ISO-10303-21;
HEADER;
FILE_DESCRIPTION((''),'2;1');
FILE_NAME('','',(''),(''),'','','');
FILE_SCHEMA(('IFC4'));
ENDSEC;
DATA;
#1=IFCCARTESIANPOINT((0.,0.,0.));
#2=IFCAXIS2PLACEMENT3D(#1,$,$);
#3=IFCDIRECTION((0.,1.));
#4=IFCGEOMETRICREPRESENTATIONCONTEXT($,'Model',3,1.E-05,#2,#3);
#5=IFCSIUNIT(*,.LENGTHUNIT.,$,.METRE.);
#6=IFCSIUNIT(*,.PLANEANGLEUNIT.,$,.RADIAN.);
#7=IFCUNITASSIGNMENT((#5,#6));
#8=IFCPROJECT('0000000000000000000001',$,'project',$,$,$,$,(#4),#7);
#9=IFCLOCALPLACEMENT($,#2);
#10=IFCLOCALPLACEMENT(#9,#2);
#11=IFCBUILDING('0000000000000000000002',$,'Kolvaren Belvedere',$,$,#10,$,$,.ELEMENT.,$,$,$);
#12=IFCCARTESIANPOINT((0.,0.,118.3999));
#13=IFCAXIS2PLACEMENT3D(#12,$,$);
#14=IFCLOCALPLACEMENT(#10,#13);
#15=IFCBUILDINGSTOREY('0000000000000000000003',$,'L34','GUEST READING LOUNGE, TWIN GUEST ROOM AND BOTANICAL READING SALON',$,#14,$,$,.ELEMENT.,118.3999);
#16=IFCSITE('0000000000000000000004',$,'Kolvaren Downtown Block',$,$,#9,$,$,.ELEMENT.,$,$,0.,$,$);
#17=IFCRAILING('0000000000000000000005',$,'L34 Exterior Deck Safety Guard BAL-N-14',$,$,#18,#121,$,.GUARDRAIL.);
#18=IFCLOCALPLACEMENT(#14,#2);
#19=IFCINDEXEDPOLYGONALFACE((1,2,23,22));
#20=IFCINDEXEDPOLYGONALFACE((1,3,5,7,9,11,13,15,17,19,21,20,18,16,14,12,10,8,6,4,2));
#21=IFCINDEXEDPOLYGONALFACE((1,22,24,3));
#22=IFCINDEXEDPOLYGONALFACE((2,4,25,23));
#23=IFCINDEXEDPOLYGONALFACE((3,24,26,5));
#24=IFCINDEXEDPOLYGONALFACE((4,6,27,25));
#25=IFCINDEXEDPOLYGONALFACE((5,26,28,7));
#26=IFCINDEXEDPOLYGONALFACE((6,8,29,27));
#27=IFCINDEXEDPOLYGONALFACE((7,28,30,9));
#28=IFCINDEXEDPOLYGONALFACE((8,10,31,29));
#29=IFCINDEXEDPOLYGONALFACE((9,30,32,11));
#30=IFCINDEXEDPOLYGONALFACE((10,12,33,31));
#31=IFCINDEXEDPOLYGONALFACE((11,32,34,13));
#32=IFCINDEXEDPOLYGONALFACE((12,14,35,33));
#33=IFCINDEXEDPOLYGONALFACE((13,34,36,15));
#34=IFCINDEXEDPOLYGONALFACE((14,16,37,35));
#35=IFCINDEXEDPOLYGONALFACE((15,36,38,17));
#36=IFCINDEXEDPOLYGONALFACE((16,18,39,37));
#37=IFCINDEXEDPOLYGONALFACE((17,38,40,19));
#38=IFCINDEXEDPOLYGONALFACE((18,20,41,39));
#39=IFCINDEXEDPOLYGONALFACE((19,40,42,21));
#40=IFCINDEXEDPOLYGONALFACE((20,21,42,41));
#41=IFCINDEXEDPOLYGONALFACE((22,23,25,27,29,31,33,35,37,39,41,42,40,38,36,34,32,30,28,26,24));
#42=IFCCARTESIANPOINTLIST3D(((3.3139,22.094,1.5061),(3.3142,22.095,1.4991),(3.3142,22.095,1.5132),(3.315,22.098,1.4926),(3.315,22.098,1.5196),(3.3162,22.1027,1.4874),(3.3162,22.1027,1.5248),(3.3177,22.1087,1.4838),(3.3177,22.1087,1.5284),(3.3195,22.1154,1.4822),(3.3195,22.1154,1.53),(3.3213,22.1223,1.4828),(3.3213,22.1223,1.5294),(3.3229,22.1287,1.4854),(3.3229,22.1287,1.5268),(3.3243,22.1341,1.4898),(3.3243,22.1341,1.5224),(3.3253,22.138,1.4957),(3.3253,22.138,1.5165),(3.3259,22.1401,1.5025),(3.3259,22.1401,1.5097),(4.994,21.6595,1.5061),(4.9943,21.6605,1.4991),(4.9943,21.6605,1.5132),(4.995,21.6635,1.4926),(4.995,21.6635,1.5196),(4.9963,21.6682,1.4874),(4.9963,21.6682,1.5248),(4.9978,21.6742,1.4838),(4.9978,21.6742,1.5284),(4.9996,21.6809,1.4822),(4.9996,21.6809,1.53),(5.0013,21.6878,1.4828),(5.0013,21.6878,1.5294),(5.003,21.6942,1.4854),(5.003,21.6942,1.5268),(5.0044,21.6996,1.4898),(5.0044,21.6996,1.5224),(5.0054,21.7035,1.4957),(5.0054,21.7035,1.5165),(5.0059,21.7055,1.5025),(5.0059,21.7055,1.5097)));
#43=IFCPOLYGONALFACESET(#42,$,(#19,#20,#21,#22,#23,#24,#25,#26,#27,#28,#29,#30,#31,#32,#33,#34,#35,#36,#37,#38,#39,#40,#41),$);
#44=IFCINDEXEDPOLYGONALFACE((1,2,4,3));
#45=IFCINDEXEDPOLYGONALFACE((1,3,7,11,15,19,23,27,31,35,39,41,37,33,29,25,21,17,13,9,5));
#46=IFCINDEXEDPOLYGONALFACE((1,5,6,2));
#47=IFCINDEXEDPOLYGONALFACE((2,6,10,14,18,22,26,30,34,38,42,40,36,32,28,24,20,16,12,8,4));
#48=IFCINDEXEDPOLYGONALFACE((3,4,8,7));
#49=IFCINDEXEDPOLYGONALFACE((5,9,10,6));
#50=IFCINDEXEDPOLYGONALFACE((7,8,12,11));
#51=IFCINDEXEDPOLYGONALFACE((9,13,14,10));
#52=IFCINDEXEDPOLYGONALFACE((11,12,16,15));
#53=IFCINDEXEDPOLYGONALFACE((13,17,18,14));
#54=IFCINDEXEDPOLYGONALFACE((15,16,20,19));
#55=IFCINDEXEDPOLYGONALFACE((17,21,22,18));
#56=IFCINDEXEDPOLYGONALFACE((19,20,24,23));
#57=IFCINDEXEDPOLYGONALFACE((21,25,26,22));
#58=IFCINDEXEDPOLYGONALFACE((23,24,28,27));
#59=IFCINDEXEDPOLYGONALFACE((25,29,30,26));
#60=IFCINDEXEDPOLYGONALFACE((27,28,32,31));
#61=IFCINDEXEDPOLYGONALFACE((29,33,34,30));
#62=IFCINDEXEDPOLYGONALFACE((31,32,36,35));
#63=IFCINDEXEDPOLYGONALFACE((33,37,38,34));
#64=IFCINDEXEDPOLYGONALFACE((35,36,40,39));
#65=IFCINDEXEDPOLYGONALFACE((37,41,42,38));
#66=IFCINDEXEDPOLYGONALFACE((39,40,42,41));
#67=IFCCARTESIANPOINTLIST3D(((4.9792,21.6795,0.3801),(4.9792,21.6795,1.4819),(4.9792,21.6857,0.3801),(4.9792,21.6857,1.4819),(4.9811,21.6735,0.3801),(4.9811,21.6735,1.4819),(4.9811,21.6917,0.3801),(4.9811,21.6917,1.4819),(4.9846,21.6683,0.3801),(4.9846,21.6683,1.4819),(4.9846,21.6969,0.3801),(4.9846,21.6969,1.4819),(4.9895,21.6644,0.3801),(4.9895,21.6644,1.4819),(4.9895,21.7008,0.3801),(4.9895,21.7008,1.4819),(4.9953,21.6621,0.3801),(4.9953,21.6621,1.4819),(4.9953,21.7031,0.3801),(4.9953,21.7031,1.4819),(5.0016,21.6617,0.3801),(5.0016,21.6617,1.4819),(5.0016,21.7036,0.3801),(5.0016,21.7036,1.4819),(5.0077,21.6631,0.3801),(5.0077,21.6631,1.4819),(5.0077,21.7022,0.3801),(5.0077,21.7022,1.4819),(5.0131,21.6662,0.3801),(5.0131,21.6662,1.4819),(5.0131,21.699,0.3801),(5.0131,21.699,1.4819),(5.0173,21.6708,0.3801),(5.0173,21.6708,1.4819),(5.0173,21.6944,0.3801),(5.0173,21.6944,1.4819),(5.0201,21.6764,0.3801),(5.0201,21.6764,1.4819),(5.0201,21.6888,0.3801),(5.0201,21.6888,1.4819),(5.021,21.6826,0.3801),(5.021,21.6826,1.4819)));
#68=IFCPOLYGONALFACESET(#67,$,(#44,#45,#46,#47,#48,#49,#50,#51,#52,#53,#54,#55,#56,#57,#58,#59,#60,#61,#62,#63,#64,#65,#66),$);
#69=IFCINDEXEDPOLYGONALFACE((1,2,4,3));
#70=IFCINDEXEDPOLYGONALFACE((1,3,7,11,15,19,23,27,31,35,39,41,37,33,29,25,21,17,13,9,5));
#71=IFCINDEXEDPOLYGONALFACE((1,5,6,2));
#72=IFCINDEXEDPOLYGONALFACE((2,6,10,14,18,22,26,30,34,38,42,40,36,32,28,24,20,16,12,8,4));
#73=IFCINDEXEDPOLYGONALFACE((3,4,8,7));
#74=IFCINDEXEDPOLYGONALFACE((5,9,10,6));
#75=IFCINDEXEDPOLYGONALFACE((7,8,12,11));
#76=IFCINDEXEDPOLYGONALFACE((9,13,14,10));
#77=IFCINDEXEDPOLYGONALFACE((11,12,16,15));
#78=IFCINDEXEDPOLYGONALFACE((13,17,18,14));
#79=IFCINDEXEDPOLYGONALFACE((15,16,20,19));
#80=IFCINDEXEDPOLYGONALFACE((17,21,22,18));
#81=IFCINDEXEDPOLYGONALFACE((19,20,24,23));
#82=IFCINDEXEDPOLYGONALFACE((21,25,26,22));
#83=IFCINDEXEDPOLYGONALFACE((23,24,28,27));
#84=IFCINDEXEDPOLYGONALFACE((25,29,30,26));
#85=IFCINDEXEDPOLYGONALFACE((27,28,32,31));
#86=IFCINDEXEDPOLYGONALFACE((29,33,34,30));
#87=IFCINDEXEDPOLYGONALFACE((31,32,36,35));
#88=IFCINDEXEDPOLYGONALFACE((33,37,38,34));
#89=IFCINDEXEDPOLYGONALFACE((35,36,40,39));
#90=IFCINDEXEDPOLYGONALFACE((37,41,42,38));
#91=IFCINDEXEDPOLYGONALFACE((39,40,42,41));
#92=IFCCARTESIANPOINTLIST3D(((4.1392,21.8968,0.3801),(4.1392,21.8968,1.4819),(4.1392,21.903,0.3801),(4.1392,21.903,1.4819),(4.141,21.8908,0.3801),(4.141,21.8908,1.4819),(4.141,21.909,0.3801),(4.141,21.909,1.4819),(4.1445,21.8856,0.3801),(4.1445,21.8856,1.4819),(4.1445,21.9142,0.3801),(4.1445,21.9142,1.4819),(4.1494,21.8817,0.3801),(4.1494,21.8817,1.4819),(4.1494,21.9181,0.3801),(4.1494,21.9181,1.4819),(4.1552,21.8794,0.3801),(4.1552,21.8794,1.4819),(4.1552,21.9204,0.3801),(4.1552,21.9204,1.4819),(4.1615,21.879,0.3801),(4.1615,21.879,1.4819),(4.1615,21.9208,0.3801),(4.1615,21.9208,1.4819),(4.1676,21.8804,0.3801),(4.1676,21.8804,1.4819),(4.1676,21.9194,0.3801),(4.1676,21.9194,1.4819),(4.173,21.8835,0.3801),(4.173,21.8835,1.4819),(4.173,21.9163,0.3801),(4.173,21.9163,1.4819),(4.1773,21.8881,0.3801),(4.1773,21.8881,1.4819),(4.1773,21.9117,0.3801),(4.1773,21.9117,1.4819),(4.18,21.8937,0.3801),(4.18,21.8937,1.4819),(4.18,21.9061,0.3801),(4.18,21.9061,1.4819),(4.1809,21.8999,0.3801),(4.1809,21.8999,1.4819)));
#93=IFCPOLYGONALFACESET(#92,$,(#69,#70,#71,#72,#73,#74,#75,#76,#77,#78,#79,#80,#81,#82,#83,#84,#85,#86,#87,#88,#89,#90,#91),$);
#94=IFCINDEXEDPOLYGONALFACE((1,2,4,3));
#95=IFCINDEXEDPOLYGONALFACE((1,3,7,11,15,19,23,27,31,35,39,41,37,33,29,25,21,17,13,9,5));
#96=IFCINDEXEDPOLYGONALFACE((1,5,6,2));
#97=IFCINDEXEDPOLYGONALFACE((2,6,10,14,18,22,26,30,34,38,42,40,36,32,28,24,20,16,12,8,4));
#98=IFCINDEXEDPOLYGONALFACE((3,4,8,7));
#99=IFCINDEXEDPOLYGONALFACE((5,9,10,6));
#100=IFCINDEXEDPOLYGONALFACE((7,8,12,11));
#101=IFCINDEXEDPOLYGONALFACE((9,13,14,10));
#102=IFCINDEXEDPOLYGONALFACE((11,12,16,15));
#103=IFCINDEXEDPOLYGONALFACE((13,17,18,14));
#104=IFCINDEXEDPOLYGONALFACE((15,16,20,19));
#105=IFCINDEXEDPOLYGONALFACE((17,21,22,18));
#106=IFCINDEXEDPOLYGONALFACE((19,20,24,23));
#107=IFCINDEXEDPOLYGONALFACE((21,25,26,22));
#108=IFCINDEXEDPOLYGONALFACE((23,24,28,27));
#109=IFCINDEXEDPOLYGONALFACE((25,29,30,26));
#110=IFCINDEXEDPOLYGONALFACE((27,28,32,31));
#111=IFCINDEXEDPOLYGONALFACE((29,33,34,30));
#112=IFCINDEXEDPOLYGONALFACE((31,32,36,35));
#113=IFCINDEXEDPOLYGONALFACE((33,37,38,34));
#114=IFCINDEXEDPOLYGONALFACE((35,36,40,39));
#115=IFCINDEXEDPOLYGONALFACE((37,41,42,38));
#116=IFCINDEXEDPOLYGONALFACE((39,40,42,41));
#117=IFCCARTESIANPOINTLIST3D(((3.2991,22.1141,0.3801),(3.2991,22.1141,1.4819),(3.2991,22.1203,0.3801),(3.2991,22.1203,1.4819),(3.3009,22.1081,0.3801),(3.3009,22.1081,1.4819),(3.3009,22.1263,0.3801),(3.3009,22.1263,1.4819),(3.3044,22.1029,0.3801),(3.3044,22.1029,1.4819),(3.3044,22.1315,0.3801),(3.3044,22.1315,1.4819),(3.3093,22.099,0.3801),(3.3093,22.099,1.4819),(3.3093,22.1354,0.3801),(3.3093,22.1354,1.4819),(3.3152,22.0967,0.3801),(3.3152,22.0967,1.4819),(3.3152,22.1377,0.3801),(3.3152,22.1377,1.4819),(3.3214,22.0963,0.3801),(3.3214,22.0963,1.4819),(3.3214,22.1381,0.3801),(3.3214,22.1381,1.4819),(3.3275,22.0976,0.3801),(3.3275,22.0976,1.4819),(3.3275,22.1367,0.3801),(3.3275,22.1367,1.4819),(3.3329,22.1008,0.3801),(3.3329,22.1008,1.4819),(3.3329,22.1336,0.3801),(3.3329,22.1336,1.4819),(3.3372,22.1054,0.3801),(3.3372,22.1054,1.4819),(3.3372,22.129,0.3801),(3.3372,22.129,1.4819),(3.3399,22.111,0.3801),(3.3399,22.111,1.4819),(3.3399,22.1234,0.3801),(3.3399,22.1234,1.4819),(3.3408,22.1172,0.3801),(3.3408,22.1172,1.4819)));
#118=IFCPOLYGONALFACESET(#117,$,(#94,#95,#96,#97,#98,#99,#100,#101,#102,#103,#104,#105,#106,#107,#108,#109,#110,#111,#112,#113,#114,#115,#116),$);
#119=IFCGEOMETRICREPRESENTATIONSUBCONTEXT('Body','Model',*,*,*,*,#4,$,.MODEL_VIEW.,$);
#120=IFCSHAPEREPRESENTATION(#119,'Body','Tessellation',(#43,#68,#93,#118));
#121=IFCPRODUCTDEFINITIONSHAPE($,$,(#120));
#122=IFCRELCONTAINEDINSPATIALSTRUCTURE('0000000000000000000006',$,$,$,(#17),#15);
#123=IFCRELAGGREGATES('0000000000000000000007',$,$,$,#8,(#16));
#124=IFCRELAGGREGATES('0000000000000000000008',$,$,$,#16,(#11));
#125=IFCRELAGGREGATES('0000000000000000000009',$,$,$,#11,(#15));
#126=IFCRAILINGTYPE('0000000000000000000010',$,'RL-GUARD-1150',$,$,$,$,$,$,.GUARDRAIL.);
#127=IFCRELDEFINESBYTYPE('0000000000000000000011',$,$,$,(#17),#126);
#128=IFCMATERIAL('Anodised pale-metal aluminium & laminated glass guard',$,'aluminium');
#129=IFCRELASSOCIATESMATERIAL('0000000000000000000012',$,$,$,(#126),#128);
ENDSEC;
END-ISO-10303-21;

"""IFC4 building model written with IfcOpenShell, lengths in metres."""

from ifc_helpers import new_model, si_unit, direction, frame, origin, origin_2d, place, context, subcontext, project, spatial, circle, extrude, material, type_object, element, save


model = new_model("IFC4")

# Units and contexts
model_context = context("Model", 3, precision=1e-05, world=origin(), true_north=direction((0.0, 1.0)))
body_context = subcontext(model_context, "Body", "Model", "MODEL_VIEW")
ifc_project = project(units=[si_unit("LENGTHUNIT", "METRE"), si_unit("PLANEANGLEUNIT", "RADIAN")], contexts=[model_context])

# Site, building, storey
site_placement = place(None, origin())
site = spatial("IfcSite", under=ifc_project, at=site_placement, Name="Kolvaren Downtown Block", CompositionType="ELEMENT", RefElevation=0.0)
building_placement = place(site_placement, origin())
building = spatial("IfcBuilding", under=site, at=building_placement, Name="Kolvaren Belvedere", CompositionType="ELEMENT")
storey_placement = place(building_placement, frame((0.0, 0.0, 118.3999)))
storey = spatial("IfcBuildingStorey", under=building, at=storey_placement, Name="L34", Description="GUEST READING LOUNGE, TWIN GUEST ROOM AND BOTANICAL READING SALON", CompositionType="ELEMENT", Elevation=118.3999)

# Railing
ifc_material_1 = material(Name="Anodised pale-metal aluminium & laminated glass guard", Category="aluminium")
railing_type = type_object("IfcRailingType", Name="RL-GUARD-1150", PredefinedType="GUARDRAIL", material=ifc_material_1)
railing_1_placement = place(storey_placement, frame((5.0, 21.6826, 0.3801)))
element("IfcRailing", 1, at=railing_1_placement, inside=storey, type_object=railing_type, Name="L34 Exterior Deck Safety Guard BAL-N-14", PredefinedType="GUARDRAIL", context=body_context, shape_type="SweptSolid", body=[
    extrude(circle(Radius=0.0239, at=origin_2d()), frame((0.0, 0.0, 1.126), z_axis=(-0.968141, 0.250406, 0.0), x_axis=(-0.250406, -0.968141, 0.0)), (0.0, 0.0, 1.0), 1.7354),
    extrude(circle(Radius=0.021, at=origin_2d()), origin(), (0.0, 0.0, 1.0), 1.1018),
    extrude(circle(Radius=0.021, at=origin_2d()), frame((-0.8401, 0.2173, 0.0)), (0.0, 0.0, 1.0), 1.1018),
    extrude(circle(Radius=0.021, at=origin_2d()), frame((-1.6802, 0.4346, 0.0)), (0.0, 0.0, 1.0), 1.1018),
])

save(model, "model.ifc")
